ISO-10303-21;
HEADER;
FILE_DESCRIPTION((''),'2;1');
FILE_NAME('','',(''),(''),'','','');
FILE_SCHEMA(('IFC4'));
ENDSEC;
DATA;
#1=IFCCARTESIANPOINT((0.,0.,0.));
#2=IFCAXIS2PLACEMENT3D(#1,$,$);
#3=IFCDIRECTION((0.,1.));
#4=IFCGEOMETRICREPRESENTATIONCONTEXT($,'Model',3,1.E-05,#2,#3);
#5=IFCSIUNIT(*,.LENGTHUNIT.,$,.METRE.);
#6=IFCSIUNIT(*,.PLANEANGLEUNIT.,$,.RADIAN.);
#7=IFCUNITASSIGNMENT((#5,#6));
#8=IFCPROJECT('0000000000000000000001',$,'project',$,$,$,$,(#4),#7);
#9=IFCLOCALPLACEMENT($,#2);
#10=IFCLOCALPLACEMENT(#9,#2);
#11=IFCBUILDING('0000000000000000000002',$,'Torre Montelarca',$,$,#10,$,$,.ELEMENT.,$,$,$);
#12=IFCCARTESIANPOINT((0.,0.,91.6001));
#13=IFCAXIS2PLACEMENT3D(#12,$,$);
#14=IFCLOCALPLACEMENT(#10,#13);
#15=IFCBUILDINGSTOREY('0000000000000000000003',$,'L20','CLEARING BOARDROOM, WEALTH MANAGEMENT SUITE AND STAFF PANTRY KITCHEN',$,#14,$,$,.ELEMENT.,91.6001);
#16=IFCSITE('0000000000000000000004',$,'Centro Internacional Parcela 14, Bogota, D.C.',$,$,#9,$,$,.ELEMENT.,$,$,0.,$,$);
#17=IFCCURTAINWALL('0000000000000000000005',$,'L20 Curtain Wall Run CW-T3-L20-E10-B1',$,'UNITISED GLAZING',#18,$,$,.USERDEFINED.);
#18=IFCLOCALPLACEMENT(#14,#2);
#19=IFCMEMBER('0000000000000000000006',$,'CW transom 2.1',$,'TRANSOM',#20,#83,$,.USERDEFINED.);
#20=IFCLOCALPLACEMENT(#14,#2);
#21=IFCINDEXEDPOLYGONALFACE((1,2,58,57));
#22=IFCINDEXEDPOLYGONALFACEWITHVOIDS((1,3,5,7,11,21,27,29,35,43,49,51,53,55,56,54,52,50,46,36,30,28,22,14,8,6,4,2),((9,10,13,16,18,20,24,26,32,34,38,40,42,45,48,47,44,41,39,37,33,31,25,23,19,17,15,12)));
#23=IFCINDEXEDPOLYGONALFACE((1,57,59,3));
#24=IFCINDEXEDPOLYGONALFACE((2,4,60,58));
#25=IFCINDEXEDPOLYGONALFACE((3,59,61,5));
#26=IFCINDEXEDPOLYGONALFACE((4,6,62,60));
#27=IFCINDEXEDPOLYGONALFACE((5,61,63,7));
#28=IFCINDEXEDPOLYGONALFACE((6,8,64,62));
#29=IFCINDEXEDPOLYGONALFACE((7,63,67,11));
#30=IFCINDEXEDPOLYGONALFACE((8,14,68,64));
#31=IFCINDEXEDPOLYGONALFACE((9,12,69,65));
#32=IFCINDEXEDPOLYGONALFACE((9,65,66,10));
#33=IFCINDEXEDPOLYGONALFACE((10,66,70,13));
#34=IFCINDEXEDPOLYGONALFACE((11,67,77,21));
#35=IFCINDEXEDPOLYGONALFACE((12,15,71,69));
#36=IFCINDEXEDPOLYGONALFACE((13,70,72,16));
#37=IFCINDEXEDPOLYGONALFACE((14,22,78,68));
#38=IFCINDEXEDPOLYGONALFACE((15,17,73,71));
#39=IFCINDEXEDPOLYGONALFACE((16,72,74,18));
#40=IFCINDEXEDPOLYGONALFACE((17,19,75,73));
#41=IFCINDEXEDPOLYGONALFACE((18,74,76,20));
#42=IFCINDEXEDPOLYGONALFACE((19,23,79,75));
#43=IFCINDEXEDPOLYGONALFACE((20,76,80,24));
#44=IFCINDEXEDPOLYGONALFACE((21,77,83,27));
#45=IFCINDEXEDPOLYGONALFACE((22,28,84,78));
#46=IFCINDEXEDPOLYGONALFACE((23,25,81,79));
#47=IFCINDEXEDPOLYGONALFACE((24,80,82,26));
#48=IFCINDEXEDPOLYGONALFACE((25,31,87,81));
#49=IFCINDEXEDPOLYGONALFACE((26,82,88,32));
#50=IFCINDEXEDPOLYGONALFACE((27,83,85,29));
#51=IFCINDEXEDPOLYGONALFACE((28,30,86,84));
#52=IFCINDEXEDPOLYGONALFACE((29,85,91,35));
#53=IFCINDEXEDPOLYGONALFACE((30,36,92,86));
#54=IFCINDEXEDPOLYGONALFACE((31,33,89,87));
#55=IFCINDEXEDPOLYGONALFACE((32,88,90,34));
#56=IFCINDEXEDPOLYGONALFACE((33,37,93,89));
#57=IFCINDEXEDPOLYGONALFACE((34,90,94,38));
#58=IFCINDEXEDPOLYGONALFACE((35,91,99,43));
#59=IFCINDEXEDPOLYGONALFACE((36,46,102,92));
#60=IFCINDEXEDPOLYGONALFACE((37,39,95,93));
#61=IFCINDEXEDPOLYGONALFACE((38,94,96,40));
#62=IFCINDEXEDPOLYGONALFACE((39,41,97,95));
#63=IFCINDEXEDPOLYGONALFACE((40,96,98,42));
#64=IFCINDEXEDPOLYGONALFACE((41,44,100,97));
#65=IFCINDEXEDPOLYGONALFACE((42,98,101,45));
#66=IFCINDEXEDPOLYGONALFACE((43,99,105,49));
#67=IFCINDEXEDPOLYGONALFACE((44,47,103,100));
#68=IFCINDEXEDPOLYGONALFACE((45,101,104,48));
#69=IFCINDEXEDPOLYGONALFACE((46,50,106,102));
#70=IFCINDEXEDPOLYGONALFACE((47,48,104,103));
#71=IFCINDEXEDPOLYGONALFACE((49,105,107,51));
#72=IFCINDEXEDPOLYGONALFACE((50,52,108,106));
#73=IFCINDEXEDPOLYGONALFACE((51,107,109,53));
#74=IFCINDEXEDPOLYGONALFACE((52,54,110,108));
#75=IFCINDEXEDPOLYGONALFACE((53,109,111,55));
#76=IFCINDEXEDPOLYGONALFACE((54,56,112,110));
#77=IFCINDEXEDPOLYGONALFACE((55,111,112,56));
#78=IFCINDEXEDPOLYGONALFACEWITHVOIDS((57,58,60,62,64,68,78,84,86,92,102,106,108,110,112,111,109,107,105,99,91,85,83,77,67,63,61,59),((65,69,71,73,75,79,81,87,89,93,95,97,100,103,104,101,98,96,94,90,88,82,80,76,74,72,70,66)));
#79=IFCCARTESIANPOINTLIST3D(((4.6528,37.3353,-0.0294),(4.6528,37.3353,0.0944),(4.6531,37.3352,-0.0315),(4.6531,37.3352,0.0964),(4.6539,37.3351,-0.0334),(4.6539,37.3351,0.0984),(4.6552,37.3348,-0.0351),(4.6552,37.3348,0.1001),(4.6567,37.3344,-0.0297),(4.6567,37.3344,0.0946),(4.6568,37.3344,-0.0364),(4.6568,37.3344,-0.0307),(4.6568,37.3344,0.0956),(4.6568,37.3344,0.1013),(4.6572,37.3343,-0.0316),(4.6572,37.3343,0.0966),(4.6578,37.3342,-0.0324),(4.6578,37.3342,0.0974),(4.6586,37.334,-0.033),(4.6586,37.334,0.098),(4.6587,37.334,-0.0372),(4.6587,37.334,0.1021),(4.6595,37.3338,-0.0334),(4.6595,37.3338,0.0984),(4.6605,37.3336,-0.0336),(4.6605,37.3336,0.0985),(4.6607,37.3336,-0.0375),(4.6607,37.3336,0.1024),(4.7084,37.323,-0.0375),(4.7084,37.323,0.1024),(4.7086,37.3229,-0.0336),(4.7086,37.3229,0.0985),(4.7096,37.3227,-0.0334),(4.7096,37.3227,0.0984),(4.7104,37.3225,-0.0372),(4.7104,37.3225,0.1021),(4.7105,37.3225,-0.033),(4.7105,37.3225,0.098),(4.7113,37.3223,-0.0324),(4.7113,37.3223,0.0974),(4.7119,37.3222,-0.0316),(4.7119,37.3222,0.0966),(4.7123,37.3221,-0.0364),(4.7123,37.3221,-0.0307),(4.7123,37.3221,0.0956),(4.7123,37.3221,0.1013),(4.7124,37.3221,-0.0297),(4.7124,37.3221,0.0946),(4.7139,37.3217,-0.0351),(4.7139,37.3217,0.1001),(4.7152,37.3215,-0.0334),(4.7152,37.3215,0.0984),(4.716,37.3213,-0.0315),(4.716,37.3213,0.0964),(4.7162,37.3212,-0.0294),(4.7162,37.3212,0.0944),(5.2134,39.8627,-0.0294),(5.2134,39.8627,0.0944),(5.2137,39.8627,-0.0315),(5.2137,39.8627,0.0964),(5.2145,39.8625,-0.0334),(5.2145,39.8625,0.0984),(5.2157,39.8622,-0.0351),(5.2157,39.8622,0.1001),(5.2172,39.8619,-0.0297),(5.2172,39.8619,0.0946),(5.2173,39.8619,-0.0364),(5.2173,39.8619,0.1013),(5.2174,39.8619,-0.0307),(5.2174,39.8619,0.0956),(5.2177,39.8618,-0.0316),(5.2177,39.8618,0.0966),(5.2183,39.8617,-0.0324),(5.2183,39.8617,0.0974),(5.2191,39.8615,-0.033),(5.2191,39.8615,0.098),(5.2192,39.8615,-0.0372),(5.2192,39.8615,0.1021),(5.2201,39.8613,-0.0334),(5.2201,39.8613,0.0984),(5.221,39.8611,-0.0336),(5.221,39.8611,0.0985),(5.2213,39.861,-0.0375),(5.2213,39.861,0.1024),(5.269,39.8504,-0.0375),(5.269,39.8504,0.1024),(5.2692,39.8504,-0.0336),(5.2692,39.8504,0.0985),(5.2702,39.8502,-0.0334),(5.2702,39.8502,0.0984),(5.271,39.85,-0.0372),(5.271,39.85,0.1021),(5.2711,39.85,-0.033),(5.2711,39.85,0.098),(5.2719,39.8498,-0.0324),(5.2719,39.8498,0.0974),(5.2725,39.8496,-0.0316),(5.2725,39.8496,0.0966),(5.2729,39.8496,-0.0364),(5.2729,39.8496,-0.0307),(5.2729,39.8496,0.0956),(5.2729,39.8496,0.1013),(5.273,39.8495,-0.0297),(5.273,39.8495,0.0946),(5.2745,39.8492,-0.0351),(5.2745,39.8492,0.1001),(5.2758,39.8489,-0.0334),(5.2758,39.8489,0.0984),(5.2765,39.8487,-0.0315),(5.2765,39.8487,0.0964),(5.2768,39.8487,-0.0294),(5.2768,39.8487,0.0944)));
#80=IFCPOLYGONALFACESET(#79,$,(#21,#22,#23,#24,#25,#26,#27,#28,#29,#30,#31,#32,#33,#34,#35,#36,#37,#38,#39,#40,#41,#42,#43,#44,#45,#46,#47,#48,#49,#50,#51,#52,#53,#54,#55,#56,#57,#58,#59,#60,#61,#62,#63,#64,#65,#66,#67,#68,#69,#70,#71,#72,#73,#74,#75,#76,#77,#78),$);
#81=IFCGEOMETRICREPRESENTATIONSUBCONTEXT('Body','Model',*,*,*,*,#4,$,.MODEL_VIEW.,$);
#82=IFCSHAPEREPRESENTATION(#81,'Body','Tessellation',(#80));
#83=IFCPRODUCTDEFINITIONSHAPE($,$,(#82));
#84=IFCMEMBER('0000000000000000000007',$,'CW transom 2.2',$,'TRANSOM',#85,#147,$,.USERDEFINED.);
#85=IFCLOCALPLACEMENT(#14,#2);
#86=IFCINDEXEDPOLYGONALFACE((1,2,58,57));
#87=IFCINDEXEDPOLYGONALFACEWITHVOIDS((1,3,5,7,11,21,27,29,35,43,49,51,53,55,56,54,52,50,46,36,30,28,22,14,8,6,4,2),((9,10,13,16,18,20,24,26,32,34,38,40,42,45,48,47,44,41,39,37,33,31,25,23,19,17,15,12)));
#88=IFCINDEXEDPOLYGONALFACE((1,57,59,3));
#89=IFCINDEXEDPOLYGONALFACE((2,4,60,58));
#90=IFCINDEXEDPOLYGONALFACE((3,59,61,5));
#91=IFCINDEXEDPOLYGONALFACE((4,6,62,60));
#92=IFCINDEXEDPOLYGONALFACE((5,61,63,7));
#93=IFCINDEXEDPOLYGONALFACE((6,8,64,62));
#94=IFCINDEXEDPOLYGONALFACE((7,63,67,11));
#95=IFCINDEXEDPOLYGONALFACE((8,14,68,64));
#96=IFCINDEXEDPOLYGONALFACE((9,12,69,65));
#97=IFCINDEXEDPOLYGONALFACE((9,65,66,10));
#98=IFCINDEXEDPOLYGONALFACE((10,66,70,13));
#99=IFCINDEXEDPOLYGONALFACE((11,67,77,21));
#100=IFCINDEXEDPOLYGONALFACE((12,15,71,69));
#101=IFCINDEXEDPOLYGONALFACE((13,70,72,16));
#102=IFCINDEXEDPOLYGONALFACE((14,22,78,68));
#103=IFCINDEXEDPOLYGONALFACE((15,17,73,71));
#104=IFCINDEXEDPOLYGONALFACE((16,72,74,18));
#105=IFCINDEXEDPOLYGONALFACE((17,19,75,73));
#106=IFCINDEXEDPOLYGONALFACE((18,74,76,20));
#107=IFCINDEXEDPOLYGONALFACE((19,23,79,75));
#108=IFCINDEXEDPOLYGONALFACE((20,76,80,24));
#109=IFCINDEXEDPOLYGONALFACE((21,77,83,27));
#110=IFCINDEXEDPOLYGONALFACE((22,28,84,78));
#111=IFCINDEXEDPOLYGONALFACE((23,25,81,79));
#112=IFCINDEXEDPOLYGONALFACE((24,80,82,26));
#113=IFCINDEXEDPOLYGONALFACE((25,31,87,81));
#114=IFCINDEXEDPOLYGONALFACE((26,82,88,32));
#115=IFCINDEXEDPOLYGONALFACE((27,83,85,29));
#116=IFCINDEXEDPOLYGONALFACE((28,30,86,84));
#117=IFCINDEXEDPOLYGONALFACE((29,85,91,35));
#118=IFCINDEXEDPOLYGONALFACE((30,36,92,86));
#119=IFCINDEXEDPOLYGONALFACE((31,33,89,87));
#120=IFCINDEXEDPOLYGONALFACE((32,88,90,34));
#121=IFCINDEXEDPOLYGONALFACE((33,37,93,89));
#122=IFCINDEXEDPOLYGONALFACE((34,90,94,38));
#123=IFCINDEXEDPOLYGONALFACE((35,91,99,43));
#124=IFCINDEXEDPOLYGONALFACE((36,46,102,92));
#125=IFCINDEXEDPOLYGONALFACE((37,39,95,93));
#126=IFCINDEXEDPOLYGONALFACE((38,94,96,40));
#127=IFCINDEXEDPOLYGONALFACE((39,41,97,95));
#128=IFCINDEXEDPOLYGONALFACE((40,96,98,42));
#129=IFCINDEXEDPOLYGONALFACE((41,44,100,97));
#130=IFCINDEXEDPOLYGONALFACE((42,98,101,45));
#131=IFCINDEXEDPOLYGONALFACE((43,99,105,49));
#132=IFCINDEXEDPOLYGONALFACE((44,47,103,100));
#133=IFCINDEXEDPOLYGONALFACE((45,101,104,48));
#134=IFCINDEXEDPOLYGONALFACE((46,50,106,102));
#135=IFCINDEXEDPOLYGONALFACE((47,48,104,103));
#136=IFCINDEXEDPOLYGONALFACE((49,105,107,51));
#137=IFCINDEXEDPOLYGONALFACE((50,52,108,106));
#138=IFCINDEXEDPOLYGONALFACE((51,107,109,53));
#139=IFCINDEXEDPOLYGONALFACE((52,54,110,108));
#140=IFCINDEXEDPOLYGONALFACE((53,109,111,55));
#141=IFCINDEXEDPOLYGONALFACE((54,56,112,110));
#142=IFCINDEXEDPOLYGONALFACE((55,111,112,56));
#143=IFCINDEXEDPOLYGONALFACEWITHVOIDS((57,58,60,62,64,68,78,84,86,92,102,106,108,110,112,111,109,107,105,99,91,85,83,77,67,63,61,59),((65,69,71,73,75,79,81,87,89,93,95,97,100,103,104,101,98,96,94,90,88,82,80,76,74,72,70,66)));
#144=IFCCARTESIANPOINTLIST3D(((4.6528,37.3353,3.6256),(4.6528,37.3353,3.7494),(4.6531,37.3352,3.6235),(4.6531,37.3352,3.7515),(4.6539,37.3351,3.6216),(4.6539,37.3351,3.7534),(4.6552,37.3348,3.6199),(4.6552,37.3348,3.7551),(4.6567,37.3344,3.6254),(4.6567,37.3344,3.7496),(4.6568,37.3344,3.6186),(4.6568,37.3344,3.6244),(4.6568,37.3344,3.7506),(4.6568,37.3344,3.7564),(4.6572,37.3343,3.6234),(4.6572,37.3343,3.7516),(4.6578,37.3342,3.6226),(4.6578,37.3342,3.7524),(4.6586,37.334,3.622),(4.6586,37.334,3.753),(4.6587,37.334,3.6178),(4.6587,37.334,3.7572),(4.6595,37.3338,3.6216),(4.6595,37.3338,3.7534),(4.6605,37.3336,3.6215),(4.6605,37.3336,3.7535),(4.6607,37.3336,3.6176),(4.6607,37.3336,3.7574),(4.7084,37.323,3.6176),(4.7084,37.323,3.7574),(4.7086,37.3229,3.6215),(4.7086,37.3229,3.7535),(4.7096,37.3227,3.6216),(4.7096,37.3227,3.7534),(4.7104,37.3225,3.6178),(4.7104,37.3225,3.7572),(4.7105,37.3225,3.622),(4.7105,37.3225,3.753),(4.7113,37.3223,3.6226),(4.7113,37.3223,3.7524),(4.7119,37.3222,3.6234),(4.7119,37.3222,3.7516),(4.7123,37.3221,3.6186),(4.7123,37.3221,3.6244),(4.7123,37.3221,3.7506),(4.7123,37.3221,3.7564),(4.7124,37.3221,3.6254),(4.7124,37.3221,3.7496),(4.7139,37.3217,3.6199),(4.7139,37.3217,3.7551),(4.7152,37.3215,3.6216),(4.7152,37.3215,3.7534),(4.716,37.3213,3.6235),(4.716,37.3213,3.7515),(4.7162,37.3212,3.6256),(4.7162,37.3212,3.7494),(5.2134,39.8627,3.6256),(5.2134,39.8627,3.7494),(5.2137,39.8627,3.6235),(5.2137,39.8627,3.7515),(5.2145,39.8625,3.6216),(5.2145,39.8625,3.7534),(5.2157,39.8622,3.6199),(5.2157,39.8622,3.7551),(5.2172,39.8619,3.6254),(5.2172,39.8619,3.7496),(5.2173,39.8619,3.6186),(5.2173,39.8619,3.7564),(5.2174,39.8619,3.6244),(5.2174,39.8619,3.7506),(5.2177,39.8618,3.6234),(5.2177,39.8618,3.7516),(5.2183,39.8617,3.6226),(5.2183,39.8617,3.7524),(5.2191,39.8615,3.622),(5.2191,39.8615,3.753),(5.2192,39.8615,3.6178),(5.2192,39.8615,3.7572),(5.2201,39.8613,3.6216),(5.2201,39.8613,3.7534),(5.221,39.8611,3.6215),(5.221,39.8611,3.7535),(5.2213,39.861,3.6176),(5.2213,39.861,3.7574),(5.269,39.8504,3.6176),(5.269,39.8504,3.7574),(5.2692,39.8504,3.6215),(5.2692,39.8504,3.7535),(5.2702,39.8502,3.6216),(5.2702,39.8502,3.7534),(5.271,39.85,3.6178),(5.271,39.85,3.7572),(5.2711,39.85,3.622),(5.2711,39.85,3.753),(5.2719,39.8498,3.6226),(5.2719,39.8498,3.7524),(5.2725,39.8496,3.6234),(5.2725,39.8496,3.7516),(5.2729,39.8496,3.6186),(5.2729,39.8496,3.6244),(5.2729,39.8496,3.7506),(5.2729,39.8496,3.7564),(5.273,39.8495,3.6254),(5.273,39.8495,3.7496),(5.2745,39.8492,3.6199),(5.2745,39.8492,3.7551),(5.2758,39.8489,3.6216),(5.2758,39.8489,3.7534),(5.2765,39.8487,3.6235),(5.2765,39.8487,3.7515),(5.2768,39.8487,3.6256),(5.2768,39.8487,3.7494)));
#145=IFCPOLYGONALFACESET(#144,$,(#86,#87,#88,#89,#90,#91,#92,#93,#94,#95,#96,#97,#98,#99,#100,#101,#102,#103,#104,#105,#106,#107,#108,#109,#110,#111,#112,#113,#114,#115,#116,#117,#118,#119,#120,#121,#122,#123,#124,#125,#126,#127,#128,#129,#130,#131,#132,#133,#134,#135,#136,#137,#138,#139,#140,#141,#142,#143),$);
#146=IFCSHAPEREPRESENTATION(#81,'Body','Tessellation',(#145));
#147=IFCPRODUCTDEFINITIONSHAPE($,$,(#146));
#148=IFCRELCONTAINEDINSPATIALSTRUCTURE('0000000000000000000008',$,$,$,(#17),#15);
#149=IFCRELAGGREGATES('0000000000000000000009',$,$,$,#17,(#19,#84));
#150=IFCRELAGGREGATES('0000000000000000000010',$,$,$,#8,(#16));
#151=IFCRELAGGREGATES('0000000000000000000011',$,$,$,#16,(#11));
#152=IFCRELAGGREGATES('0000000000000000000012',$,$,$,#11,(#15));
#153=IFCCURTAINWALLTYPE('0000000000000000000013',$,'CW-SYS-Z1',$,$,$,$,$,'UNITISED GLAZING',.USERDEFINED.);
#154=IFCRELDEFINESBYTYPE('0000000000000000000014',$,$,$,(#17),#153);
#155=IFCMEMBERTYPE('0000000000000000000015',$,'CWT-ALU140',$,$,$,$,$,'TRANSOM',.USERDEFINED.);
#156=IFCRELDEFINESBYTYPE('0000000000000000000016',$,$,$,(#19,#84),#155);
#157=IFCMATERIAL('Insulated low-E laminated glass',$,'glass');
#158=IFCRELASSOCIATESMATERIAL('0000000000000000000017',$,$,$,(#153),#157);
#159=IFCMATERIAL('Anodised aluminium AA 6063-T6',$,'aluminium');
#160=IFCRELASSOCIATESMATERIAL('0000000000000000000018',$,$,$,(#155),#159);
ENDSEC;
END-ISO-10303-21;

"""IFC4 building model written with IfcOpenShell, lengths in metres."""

from ifc_helpers import new_model, si_unit, direction, frame, origin, origin_2d, place, context, subcontext, project, spatial, hollow_rectangle, extrude, source, transform, mapped, material, material_profile, profile_set, type_object, element, aggregate, save


model = new_model("IFC4")

# Units and contexts
model_context = context("Model", 3, precision=1e-05, world=origin(), true_north=direction((0.0, 1.0)))
body_context = subcontext(model_context, "Body", "Model", "MODEL_VIEW")
ifc_project = project(units=[si_unit("LENGTHUNIT", "METRE"), si_unit("PLANEANGLEUNIT", "RADIAN")], contexts=[model_context])

# Site, building, storey
site_placement = place(None, origin())
site = spatial("IfcSite", under=ifc_project, at=site_placement, Name="Centro Internacional Parcela 14, Bogota, D.C.", CompositionType="ELEMENT", RefElevation=0.0)
building_placement = place(site_placement, origin())
building = spatial("IfcBuilding", under=site, at=building_placement, Name="Torre Montelarca", CompositionType="ELEMENT")
storey_placement = place(building_placement, frame((0.0, 0.0, 91.6001)))
storey = spatial("IfcBuildingStorey", under=building, at=storey_placement, Name="L20", Description="CLEARING BOARDROOM, WEALTH MANAGEMENT SUITE AND STAFF PANTRY KITCHEN", CompositionType="ELEMENT", Elevation=91.6001)

# Curtain wall, members
ifc_material_1 = material(Name="Insulated low-E laminated glass", Category="glass")
curtain_wall_type = type_object("IfcCurtainWallType", Name="CW-SYS-Z1", ElementType="UNITISED GLAZING", PredefinedType="USERDEFINED", material=ifc_material_1)
ifc_material_2 = material(Name="Anodised aluminium AA 6063-T6", Category="aluminium")
ifc_material_profile_1 = material_profile(ifc_material_2, hollow_rectangle(XDim=0.0649, YDim=0.1399, WallThickness=0.0039, InnerFilletRadius=0.0039, OuterFilletRadius=0.0081, at=origin_2d()), Name="ALU65X140X4", Category="aluminium")
ifc_profile_set_1 = profile_set([ifc_material_profile_1], Name="Anodised aluminium AA 6063-T6")
member_type_1 = type_object("IfcMemberType", Name="CWT-ALU140", ElementType="TRANSOM", PredefinedType="USERDEFINED", material=ifc_profile_set_1)
curtain_wall_1_placement = place(storey_placement, origin())
curtain_wall_1 = element("IfcCurtainWall", 1, at=curtain_wall_1_placement, inside=storey, type_object=curtain_wall_type, Name="L20 Curtain Wall Run CW-T3-L20-E10-B1", ObjectType="UNITISED GLAZING", PredefinedType="USERDEFINED")
shared_shape_1 = source(origin(), body_context, "Body", "SweptSolid", [
    extrude(hollow_rectangle(XDim=0.0649, YDim=0.1399, WallThickness=0.0039, InnerFilletRadius=0.0039, OuterFilletRadius=0.0081, at=origin_2d()), origin(), (0.0, 0.0, 1.0), 2.5889),
])
member_1_placement = place(storey_placement, frame((5.2451, 39.8557, 0.0325), z_axis=(-0.216531, -0.976276, 0.0), x_axis=(0.976276, -0.216531, 0.0)))
member_1 = element("IfcMember", 2, at=member_1_placement, type_object=member_type_1, Name="CW transom 2.1", ObjectType="TRANSOM", PredefinedType="USERDEFINED", context=body_context, shape_type="MappedRepresentation", body=[
    mapped(shared_shape_1, transform((0.0, 0.0, 0.0), scale=1.0)),
])
member_2_placement = place(storey_placement, frame((5.2451, 39.8557, 3.6875), z_axis=(-0.216531, -0.976276, 0.0), x_axis=(0.976276, -0.216531, 0.0)))
member_2 = element("IfcMember", 3, at=member_2_placement, type_object=member_type_1, Name="CW transom 2.2", ObjectType="TRANSOM", PredefinedType="USERDEFINED", context=body_context, shape_type="MappedRepresentation", body=[
    mapped(shared_shape_1, transform((0.0, 0.0, 0.0), scale=1.0)),
])

aggregate(curtain_wall_1, [member_1, member_2])

save(model, "model.ifc")
